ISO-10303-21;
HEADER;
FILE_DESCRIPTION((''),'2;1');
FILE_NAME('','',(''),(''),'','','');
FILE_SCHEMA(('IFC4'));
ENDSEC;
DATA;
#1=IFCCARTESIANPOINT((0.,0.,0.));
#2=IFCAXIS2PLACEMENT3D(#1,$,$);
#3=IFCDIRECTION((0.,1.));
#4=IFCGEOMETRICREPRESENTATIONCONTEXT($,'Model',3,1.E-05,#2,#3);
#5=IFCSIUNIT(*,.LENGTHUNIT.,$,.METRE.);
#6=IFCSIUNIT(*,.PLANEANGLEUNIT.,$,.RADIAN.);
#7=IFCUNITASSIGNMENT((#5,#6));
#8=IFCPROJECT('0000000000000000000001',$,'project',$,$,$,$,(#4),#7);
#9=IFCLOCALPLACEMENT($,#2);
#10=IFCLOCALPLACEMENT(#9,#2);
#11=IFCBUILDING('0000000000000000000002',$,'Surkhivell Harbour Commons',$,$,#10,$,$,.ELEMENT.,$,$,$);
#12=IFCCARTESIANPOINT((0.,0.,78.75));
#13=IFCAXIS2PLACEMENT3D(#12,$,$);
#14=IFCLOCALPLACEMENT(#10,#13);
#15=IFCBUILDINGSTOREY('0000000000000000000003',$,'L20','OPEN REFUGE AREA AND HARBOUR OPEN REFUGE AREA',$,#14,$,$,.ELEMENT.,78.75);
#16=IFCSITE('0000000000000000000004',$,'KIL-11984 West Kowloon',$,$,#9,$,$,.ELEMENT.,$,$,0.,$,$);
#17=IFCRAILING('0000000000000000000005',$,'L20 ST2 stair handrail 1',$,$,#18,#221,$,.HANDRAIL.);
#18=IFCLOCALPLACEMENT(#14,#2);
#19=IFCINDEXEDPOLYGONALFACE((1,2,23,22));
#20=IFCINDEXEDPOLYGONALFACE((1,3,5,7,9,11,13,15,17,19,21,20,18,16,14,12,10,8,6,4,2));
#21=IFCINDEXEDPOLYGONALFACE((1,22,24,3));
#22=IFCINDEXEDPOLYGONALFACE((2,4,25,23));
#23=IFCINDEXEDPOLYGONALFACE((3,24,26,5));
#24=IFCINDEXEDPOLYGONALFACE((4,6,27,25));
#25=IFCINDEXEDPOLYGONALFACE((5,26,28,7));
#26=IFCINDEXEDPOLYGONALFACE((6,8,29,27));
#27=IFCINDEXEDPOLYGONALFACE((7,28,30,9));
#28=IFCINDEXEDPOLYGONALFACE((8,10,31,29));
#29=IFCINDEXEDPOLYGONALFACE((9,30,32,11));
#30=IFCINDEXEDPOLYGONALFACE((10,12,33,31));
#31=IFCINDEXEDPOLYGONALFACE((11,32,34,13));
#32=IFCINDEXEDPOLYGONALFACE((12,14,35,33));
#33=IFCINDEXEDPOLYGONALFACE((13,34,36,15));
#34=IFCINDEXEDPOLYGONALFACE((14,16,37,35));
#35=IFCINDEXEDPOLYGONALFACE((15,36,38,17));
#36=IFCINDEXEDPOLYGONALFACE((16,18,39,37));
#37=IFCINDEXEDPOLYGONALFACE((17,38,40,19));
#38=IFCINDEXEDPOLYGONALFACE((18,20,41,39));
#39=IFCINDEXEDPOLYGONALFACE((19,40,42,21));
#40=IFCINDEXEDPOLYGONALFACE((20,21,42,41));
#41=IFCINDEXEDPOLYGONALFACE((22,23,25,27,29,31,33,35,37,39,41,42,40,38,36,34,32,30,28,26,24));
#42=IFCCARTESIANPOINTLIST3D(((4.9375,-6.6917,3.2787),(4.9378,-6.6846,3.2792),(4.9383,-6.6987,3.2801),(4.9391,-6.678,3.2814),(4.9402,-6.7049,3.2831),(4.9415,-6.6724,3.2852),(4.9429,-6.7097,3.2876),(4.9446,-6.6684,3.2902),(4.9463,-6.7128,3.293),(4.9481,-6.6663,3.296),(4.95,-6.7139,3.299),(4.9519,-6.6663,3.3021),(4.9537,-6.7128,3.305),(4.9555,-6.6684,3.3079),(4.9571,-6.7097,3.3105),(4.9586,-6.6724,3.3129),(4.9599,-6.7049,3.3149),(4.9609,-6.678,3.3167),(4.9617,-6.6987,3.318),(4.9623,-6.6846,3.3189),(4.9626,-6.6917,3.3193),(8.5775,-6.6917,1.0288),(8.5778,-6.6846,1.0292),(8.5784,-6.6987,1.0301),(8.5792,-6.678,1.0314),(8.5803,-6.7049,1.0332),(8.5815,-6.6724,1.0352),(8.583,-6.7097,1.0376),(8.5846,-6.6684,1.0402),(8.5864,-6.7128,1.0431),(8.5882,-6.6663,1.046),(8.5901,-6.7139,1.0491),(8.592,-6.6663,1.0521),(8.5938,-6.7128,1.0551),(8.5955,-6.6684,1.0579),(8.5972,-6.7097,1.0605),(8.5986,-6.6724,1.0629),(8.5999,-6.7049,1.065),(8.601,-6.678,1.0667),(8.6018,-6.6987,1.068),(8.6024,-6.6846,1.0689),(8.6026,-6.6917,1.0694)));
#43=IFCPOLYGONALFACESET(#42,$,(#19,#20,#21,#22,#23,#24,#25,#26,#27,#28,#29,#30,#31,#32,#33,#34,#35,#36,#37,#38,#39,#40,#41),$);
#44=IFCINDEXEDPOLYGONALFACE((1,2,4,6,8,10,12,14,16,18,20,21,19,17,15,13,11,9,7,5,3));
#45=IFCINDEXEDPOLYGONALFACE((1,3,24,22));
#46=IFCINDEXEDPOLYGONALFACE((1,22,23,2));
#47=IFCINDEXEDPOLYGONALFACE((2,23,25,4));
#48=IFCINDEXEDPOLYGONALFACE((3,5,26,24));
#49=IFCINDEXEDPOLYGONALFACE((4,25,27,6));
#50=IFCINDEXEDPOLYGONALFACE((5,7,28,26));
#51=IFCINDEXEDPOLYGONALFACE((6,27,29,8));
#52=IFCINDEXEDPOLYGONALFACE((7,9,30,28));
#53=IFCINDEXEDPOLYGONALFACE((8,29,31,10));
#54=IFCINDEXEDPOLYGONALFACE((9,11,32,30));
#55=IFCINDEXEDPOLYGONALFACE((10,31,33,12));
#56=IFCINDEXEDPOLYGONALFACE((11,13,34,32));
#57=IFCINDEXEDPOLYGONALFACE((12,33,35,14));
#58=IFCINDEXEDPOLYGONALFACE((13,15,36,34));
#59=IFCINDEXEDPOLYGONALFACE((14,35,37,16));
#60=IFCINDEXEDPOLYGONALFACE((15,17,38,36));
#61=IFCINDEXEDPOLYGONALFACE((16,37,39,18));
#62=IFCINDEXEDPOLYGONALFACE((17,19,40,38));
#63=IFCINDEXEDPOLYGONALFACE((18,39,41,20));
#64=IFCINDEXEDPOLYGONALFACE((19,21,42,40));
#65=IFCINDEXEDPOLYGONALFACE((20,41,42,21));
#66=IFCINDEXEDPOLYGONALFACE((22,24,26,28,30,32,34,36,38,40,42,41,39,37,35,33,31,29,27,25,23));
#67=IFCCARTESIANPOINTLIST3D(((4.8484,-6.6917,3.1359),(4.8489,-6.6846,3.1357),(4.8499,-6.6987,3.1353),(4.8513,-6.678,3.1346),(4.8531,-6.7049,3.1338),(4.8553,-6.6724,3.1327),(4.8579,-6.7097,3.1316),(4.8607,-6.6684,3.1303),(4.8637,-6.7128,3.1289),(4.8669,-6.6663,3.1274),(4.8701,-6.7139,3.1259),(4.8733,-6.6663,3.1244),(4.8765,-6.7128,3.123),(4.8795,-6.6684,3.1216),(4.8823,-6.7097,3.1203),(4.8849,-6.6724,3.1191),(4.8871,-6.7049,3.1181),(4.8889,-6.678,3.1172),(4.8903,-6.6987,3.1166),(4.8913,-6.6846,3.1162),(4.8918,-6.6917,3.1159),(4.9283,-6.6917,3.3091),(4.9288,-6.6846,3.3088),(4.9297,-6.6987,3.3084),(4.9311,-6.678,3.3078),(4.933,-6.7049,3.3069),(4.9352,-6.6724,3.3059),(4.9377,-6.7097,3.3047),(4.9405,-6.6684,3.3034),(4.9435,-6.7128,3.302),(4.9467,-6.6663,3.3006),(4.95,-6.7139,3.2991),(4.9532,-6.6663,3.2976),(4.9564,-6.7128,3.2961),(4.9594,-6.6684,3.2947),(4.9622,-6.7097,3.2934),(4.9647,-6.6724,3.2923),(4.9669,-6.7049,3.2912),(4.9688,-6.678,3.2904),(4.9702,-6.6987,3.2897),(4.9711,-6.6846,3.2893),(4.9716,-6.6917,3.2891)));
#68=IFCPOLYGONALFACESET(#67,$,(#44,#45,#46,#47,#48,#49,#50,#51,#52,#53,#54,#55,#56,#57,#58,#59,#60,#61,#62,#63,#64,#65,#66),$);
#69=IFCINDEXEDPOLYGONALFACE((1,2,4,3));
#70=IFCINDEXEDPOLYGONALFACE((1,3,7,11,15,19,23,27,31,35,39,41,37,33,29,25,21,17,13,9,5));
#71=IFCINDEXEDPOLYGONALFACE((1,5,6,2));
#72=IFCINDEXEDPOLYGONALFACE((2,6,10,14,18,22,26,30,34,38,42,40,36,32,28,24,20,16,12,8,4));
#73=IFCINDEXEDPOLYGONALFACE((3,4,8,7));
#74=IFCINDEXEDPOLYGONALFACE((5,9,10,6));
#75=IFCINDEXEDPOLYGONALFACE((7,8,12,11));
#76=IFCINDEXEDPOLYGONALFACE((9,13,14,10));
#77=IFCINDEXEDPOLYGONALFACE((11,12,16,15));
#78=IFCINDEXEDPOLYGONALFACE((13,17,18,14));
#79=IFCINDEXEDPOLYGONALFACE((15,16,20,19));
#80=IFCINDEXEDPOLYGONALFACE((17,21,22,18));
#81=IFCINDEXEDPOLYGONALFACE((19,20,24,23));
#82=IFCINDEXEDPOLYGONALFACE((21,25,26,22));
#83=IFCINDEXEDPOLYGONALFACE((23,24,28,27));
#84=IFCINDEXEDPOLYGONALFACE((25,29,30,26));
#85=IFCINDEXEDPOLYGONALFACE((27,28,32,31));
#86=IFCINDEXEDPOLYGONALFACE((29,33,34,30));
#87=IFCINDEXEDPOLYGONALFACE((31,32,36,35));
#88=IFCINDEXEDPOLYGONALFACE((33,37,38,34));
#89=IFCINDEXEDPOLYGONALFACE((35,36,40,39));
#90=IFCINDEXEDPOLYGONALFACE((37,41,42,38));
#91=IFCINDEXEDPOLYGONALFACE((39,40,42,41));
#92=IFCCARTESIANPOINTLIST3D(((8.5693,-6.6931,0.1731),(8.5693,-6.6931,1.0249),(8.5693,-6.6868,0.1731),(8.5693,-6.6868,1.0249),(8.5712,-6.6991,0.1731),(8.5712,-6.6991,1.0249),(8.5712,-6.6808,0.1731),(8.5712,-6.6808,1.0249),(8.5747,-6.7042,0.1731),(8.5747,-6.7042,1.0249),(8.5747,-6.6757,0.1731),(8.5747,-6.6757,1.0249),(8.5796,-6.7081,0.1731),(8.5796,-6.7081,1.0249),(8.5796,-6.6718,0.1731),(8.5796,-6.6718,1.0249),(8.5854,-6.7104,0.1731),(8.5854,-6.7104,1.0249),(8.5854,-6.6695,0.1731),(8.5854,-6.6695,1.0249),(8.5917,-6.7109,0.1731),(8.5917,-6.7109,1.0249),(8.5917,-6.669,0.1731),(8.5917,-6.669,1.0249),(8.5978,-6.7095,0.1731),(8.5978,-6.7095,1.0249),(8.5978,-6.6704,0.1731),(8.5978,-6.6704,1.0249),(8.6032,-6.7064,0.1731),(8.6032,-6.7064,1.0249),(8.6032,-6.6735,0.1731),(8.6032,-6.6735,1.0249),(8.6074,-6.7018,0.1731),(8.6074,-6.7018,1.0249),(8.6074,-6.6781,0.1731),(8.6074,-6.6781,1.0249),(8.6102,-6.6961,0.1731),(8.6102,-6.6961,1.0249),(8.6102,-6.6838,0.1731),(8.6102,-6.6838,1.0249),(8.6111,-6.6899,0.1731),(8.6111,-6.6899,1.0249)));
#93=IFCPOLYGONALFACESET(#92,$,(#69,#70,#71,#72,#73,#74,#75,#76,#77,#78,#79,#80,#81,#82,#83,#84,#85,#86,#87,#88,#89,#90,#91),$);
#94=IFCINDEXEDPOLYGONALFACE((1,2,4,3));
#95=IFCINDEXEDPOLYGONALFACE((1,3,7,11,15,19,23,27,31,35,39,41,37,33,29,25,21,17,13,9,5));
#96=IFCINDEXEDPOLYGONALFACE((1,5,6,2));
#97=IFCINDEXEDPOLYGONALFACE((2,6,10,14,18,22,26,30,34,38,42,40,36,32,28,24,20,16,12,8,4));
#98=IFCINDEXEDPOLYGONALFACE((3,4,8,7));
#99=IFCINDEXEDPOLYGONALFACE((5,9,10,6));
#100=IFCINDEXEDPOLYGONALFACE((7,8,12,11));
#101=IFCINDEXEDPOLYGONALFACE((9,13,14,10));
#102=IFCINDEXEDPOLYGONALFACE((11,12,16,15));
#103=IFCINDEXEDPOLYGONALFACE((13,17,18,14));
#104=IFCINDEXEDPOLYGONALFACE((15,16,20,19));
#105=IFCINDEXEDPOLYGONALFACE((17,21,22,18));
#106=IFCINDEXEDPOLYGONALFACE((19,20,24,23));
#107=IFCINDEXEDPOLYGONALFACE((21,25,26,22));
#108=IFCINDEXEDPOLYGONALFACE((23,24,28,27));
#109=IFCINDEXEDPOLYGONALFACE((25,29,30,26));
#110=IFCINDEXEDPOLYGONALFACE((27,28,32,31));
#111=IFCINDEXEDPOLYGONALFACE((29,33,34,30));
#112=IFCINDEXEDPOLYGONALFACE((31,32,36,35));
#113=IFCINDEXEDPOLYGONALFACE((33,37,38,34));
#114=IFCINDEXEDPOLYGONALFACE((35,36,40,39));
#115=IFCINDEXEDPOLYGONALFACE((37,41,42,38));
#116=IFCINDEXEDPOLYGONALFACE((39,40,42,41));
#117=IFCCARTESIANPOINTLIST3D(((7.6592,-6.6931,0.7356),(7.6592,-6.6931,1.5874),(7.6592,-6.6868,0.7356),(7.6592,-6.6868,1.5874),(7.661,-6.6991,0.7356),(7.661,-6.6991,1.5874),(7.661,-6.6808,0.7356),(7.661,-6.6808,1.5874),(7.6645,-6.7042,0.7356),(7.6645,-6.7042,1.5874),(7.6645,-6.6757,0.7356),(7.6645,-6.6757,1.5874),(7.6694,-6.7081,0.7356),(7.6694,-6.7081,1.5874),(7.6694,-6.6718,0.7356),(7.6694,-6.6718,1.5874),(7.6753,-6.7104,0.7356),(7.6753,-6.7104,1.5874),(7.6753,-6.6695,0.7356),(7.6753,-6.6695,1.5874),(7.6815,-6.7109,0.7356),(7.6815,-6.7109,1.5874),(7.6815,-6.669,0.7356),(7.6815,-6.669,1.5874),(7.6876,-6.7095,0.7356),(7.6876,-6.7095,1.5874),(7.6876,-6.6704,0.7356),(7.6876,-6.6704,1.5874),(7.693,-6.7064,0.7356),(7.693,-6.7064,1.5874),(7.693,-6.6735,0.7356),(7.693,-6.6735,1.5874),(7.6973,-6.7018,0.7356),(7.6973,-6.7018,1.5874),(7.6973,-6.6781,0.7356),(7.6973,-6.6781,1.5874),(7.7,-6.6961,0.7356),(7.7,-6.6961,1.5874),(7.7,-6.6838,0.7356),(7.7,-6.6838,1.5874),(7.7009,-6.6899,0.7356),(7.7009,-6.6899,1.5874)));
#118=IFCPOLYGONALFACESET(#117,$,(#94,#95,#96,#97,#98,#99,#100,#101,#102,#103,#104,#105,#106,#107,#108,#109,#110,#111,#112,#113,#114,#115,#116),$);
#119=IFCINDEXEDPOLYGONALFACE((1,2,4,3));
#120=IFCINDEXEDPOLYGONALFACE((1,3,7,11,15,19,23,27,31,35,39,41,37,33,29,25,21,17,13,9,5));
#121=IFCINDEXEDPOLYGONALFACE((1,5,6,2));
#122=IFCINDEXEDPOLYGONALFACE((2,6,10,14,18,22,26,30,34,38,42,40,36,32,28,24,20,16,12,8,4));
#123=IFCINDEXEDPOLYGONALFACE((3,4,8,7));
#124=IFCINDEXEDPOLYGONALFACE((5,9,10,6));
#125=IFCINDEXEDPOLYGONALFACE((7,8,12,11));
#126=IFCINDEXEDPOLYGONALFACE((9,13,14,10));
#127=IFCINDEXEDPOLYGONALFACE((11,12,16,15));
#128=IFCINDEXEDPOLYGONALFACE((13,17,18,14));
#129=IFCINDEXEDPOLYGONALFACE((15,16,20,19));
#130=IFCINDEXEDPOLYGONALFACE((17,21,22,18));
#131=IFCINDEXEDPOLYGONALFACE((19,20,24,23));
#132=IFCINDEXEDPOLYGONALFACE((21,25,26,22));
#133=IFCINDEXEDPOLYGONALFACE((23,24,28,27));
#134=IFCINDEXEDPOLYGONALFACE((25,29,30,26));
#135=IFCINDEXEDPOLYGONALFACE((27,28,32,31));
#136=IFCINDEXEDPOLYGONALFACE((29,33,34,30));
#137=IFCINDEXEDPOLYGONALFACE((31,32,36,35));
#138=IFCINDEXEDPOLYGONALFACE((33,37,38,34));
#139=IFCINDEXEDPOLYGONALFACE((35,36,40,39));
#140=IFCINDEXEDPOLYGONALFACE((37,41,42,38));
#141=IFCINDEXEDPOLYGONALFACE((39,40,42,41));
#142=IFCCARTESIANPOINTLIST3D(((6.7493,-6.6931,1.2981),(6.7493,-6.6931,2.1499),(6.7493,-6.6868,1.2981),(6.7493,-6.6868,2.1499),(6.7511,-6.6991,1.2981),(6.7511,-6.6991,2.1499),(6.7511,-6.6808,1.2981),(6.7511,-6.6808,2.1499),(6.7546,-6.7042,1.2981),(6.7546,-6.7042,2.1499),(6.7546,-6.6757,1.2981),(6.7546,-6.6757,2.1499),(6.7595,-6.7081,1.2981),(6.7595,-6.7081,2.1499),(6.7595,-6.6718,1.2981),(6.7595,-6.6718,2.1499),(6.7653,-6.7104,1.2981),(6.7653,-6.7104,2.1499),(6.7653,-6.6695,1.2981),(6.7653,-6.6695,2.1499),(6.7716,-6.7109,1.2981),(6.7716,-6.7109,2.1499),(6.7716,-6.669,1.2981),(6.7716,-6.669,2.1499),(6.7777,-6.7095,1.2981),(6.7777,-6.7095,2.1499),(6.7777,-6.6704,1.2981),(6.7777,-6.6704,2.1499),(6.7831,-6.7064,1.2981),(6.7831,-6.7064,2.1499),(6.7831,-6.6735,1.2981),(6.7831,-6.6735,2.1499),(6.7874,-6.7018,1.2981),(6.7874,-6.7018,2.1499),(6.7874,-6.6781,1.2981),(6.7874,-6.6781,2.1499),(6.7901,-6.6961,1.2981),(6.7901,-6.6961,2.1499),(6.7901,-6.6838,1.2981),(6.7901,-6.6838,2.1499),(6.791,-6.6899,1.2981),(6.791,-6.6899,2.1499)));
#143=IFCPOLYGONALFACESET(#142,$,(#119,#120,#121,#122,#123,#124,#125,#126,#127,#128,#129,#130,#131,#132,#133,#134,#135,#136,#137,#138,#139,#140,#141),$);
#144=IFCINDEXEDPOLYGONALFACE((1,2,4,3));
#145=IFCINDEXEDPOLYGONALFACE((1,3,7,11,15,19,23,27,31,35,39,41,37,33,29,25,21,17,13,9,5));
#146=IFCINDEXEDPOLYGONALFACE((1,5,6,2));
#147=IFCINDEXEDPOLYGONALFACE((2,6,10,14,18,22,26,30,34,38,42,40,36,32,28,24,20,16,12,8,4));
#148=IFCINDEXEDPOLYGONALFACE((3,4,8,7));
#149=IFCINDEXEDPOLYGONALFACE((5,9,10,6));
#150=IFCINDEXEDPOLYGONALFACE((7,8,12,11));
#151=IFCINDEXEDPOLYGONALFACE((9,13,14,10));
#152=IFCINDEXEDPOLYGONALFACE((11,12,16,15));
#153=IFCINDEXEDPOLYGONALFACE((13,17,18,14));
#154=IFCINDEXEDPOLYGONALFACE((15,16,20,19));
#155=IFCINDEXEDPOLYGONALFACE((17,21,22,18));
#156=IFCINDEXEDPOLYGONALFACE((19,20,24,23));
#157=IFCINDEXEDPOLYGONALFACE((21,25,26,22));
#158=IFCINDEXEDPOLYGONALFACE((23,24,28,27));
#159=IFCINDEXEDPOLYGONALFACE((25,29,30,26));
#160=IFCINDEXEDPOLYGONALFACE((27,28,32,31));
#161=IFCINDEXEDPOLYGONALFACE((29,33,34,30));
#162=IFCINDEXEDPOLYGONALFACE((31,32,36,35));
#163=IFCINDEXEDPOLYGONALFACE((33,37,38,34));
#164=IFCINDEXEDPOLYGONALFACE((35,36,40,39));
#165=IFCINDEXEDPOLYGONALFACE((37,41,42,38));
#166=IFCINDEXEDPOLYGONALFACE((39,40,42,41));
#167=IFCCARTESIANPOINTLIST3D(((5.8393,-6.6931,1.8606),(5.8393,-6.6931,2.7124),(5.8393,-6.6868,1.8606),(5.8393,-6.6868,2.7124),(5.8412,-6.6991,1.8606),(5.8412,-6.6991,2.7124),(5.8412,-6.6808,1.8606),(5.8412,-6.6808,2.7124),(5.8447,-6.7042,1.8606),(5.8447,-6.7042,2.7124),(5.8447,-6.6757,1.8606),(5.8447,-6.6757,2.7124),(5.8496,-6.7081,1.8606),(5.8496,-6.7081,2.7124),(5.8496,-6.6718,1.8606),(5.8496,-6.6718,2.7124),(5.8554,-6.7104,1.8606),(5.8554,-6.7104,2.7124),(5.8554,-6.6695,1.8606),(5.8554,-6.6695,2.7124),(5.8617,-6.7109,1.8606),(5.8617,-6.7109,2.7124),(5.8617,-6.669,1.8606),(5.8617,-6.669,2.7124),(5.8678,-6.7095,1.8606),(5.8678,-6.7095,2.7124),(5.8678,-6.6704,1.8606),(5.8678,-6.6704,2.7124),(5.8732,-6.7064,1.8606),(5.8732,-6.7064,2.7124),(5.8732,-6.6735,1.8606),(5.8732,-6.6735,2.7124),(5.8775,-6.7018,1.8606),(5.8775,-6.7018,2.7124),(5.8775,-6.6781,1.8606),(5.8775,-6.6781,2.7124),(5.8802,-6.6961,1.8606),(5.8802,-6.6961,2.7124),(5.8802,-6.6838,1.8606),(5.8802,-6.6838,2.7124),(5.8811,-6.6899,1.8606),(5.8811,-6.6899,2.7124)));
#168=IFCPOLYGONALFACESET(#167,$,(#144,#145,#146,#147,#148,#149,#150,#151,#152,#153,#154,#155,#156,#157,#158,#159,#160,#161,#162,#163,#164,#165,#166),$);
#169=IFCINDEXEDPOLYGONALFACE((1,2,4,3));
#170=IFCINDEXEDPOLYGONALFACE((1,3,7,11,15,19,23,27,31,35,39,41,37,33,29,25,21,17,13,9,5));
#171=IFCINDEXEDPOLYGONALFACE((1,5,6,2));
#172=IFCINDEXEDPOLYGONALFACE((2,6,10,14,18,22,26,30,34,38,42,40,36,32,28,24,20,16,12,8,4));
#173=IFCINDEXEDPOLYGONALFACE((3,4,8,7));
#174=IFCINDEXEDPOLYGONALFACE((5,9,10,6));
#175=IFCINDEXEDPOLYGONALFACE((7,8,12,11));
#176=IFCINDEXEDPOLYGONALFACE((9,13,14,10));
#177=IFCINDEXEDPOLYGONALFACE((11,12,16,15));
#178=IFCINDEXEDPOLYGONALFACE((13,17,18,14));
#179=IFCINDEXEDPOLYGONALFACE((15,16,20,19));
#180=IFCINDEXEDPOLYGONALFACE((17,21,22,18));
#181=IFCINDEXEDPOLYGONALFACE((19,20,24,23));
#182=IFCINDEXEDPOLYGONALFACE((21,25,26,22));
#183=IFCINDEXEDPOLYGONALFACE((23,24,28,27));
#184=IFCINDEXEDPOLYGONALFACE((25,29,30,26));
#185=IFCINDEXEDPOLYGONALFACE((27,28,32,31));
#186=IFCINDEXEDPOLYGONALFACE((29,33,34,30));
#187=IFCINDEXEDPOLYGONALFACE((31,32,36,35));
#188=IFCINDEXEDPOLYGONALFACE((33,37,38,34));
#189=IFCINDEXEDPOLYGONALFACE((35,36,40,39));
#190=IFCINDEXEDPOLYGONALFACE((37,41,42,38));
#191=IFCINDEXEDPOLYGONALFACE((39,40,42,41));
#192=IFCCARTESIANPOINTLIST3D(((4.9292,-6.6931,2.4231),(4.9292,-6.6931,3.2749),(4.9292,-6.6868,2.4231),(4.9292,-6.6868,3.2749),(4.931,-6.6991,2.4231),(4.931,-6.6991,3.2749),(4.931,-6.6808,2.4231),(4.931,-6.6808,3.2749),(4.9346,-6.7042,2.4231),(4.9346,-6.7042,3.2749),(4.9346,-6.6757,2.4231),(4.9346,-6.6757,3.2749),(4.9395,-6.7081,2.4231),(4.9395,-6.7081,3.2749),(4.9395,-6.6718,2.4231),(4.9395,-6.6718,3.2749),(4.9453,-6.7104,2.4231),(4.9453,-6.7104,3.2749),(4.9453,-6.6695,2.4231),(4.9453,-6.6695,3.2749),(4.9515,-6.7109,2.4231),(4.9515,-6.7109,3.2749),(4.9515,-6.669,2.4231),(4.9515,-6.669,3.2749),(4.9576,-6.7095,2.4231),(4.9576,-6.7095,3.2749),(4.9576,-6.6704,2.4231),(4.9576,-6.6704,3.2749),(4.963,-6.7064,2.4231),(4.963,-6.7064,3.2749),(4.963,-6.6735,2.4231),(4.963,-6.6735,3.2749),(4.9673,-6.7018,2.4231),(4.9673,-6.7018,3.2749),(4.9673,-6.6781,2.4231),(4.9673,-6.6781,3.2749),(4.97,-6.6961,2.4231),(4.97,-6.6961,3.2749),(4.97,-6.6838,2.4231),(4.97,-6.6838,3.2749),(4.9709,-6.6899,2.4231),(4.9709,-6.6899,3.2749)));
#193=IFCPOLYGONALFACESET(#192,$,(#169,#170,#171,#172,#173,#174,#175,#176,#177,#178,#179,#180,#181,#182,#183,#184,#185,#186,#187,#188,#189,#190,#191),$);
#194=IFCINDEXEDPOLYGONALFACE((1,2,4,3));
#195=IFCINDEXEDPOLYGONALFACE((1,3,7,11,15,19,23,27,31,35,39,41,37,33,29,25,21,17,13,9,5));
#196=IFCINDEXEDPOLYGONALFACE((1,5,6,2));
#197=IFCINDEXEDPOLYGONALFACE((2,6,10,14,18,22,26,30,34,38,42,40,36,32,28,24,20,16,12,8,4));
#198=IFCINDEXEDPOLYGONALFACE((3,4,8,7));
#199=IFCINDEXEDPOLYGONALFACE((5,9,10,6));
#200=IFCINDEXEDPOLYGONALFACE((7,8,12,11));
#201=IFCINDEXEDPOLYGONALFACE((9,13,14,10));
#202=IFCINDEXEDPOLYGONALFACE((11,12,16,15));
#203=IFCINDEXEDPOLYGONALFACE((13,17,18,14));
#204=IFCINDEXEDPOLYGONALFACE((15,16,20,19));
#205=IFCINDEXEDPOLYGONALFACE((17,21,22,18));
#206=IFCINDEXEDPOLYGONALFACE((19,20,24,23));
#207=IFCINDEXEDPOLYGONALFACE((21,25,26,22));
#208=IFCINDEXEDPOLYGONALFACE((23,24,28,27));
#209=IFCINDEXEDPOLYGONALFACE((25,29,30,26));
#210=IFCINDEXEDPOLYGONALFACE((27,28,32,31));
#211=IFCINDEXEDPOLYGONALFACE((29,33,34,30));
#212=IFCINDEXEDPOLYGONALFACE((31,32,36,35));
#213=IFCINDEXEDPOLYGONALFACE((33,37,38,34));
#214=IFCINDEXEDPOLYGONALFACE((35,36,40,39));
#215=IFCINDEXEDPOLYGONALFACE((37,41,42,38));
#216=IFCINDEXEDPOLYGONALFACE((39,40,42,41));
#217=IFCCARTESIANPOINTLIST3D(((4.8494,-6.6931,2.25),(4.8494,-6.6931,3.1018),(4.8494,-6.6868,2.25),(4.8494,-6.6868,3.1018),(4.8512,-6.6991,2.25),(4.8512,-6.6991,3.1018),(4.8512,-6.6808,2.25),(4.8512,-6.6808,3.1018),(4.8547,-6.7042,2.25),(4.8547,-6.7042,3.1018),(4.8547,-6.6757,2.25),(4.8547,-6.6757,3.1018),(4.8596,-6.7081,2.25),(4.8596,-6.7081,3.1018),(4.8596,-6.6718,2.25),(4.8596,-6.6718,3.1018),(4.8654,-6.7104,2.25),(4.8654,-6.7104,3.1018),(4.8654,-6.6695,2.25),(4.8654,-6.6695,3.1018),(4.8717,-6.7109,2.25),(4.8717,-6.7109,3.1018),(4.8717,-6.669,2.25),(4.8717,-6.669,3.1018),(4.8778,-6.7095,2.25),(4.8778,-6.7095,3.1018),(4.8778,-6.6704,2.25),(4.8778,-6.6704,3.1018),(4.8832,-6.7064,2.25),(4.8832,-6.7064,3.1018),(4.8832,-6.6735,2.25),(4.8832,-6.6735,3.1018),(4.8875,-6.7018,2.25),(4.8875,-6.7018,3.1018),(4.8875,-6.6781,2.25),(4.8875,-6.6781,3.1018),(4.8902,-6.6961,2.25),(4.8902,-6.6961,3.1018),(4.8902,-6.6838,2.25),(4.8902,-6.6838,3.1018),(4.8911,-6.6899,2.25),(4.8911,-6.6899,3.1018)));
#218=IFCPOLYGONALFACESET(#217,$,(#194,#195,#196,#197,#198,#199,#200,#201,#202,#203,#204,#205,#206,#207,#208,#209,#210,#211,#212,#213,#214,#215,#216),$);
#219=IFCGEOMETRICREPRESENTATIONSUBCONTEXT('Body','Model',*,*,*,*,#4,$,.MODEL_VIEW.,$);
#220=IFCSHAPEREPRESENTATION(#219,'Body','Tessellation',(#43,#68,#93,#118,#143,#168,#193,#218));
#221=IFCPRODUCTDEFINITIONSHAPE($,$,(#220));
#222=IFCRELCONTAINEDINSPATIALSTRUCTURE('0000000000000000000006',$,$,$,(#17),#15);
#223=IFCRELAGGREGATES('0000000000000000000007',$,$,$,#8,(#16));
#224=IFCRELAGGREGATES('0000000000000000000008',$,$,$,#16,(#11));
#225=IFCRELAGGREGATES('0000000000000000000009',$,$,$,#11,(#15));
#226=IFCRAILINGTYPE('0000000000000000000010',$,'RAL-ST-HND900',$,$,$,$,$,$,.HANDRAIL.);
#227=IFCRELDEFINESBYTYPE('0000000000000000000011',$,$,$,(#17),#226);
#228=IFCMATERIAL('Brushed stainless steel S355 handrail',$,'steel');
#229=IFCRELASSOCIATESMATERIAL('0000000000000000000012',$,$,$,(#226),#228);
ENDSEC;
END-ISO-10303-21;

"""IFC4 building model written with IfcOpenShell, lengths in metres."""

from ifc_helpers import new_model, si_unit, direction, frame, origin, origin_2d, place, context, subcontext, project, spatial, circle, extrude, material, type_object, element, save


model = new_model("IFC4")

# Units and contexts
model_context = context("Model", 3, precision=1e-05, world=origin(), true_north=direction((0.0, 1.0)))
body_context = subcontext(model_context, "Body", "Model", "MODEL_VIEW")
ifc_project = project(units=[si_unit("LENGTHUNIT", "METRE"), si_unit("PLANEANGLEUNIT", "RADIAN")], contexts=[model_context])

# Site, building, storey
site_placement = place(None, origin())
site = spatial("IfcSite", under=ifc_project, at=site_placement, Name="KIL-11984 West Kowloon", CompositionType="ELEMENT", RefElevation=0.0)
building_placement = place(site_placement, origin())
building = spatial("IfcBuilding", under=site, at=building_placement, Name="Surkhivell Harbour Commons", CompositionType="ELEMENT")
storey_placement = place(building_placement, frame((0.0, 0.0, 78.75)))
storey = spatial("IfcBuildingStorey", under=building, at=storey_placement, Name="L20", Description="OPEN REFUGE AREA AND HARBOUR OPEN REFUGE AREA", CompositionType="ELEMENT", Elevation=78.75)

# Railing
ifc_material_1 = material(Name="Brushed stainless steel S355 handrail", Category="steel")
railing_type_1 = type_object("IfcRailingType", Name="RAL-ST-HND900", PredefinedType="HANDRAIL", material=ifc_material_1)
railing_1_placement = place(storey_placement, frame((8.5901, -6.6899, 0.1731)))
element("IfcRailing", 1, at=railing_1_placement, inside=storey, type_object=railing_type_1, Name="L20 ST2 stair handrail 1", PredefinedType="HANDRAIL", context=body_context, shape_type="SweptSolid", body=[
    extrude(circle(Radius=0.0239, at=origin_2d()), frame((0.0, 0.0, 0.876), z_axis=(-0.850622, 0.0, 0.525777), x_axis=(0.0, -1.0, 0.0)), (0.0, 0.0, 1.0), 4.2793),
    extrude(circle(Radius=0.0239, at=origin_2d()), frame((-3.6401, 0.0, 3.126), z_axis=(-0.418815, 0.0, -0.908072), x_axis=(0.0, -1.0, 0.0)), (0.0, 0.0, 1.0), 0.1907),
    extrude(circle(Radius=0.021, at=origin_2d()), origin(), (0.0, 0.0, 1.0), 0.8518),
    extrude(circle(Radius=0.021, at=origin_2d()), frame((-0.9102, 0.0, 0.5625)), (0.0, 0.0, 1.0), 0.8518),
    extrude(circle(Radius=0.021, at=origin_2d()), frame((-1.8201, 0.0, 1.125)), (0.0, 0.0, 1.0), 0.8518),
    extrude(circle(Radius=0.021, at=origin_2d()), frame((-2.73, 0.0, 1.6875)), (0.0, 0.0, 1.0), 0.8518),
    extrude(circle(Radius=0.021, at=origin_2d()), frame((-3.6401, 0.0, 2.25)), (0.0, 0.0, 1.0), 0.8518),
    extrude(circle(Radius=0.021, at=origin_2d()), frame((-3.72, 0.0, 2.0769)), (0.0, 0.0, 1.0), 0.8518),
])

save(model, "model.ifc")
